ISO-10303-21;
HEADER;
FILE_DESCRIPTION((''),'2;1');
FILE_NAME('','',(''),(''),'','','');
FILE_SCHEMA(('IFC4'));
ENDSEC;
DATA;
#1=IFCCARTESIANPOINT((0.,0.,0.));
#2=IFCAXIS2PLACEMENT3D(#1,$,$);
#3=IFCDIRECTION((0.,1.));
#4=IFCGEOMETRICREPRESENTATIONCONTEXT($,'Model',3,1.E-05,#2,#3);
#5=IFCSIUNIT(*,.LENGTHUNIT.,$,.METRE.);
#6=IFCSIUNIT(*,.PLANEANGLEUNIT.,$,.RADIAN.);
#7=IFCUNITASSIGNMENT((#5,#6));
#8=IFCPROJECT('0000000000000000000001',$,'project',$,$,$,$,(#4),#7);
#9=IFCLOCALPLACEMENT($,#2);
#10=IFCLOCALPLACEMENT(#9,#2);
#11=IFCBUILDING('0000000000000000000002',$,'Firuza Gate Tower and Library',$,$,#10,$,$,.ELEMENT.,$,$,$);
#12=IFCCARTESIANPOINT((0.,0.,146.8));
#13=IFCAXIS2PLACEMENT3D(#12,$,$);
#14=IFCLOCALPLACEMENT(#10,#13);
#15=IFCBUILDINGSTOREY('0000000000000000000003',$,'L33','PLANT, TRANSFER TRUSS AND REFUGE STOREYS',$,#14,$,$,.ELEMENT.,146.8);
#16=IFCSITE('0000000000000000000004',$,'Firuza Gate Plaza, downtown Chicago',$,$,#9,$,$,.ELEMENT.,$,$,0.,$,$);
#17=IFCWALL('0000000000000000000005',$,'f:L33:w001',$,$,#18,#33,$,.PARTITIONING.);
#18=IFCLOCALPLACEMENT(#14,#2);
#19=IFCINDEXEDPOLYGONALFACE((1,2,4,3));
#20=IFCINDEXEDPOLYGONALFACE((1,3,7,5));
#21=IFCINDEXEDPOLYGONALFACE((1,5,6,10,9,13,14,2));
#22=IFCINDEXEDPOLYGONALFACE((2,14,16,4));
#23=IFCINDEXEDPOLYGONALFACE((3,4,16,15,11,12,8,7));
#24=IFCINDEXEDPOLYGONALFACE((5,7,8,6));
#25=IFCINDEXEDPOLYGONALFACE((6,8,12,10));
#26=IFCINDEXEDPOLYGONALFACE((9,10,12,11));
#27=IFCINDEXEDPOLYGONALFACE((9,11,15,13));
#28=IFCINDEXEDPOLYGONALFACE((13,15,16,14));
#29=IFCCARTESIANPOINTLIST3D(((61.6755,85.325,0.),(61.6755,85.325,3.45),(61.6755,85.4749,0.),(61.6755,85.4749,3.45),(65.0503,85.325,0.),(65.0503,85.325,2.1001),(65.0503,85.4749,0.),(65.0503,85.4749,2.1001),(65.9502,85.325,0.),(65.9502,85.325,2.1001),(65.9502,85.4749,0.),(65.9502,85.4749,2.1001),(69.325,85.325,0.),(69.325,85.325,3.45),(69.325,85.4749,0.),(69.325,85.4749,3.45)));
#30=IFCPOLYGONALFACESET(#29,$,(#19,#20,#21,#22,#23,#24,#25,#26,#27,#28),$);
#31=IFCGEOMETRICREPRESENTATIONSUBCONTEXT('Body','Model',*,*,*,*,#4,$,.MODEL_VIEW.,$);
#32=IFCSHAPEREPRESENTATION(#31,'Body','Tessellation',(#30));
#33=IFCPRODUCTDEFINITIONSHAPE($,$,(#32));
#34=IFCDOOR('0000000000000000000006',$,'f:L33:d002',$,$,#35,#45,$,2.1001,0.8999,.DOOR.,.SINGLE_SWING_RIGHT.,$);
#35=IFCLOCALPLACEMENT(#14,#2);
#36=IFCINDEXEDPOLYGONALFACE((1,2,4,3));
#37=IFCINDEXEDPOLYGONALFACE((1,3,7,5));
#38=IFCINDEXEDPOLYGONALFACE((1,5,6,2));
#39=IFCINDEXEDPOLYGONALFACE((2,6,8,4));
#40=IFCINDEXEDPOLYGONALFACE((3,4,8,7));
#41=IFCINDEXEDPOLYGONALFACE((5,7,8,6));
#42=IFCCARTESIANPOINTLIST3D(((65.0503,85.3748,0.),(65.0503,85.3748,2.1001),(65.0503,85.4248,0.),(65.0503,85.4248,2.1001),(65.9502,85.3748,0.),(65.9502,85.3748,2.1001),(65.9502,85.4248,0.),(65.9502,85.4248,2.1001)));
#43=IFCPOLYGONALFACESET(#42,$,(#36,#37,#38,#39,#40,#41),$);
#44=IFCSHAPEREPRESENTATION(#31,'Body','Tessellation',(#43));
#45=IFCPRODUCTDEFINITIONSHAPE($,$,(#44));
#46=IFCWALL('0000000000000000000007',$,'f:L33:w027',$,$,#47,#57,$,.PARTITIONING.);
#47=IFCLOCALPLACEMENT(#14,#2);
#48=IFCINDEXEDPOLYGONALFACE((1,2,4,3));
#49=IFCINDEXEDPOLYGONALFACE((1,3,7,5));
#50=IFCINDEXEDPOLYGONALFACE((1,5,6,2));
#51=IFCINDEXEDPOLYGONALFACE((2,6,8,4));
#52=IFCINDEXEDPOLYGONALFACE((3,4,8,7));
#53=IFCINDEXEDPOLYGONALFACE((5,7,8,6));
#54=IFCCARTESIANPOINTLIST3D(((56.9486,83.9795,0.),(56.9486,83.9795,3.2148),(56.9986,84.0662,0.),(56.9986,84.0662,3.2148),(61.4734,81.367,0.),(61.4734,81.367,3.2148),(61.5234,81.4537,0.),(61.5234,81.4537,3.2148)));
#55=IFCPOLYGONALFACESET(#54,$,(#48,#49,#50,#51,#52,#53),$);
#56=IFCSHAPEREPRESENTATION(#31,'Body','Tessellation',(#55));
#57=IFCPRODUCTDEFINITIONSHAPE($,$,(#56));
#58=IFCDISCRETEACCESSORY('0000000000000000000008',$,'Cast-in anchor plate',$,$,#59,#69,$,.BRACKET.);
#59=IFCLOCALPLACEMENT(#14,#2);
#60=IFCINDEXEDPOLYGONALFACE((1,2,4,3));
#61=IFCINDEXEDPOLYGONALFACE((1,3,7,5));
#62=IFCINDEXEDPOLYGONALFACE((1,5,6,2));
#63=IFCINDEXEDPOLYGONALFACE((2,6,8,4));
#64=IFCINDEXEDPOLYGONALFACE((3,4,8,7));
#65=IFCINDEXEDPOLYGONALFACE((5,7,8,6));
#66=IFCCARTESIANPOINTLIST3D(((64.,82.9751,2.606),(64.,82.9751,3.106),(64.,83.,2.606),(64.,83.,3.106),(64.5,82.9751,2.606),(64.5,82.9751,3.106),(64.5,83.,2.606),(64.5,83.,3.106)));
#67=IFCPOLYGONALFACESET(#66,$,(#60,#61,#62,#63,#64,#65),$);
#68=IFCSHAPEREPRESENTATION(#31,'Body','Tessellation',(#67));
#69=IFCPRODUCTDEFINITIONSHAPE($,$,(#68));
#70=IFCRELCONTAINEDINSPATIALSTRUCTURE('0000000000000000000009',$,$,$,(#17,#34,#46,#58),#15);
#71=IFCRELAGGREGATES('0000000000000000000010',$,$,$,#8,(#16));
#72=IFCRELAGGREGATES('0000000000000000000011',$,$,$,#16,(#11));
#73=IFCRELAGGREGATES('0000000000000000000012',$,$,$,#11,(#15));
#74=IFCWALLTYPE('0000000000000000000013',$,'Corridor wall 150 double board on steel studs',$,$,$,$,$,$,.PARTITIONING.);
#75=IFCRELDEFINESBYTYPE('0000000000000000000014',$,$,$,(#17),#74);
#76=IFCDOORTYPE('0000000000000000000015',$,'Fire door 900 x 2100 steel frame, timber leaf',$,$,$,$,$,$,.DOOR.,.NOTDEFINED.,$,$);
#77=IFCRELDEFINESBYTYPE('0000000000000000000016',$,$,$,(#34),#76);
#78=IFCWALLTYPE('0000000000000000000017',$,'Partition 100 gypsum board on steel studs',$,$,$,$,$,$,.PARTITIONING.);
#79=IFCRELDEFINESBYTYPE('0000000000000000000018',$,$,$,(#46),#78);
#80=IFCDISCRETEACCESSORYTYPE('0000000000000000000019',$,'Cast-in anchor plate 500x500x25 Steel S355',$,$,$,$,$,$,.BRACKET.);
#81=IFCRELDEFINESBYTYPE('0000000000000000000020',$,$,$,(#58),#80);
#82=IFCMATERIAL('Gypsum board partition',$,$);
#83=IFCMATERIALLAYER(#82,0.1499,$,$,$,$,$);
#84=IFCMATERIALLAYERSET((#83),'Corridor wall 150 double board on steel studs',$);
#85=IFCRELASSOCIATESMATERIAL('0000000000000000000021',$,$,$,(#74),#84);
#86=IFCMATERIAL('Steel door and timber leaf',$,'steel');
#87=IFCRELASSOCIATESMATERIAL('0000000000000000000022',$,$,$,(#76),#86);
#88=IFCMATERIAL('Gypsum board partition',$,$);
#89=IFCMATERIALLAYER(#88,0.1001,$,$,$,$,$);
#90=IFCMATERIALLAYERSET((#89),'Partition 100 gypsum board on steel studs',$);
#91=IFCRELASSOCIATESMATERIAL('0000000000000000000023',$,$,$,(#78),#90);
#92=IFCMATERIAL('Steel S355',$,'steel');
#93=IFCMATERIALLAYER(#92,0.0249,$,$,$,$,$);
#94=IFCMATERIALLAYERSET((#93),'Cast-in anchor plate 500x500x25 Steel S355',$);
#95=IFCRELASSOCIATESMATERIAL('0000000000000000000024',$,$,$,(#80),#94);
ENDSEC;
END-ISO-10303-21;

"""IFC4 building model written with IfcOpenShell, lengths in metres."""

from ifc_helpers import new_model, si_unit, direction, frame, frame_2d, origin, origin_2d, place, context, subcontext, project, spatial, rectangle, extrude, material, layer, layer_set, type_object, element, fill, save


model = new_model("IFC4")

# Units and contexts
model_context = context("Model", 3, precision=1e-05, world=origin(), true_north=direction((0.0, 1.0)))
body_context = subcontext(model_context, "Body", "Model", "MODEL_VIEW")
ifc_project = project(units=[si_unit("LENGTHUNIT", "METRE"), si_unit("PLANEANGLEUNIT", "RADIAN")], contexts=[model_context])

# Site, building, storey
site_placement = place(None, origin())
site = spatial("IfcSite", under=ifc_project, at=site_placement, Name="Firuza Gate Plaza, downtown Chicago", CompositionType="ELEMENT", RefElevation=0.0)
building_placement = place(site_placement, origin())
building = spatial("IfcBuilding", under=site, at=building_placement, Name="Firuza Gate Tower and Library", CompositionType="ELEMENT")
storey_placement = place(building_placement, frame((0.0, 0.0, 146.8)))
storey = spatial("IfcBuildingStorey", under=building, at=storey_placement, Name="L33", Description="PLANT, TRANSFER TRUSS AND REFUGE STOREYS", CompositionType="ELEMENT", Elevation=146.8)

# Wall, opening, door
ifc_material_1 = material(Name="Gypsum board partition")
ifc_layer_1 = layer(ifc_material_1, 0.1499)
ifc_layer_set_1 = layer_set([ifc_layer_1], Name="Corridor wall 150 double board on steel studs")
wall_type_1 = type_object("IfcWallType", Name="Corridor wall 150 double board on steel studs", PredefinedType="PARTITIONING", material=ifc_layer_set_1)
wall_1_placement = place(storey_placement, frame((61.6755, 85.3999, 0.0), z_axis=(0.0, 0.0, 1.0), x_axis=(1.0, 0.0, 0.0)))
wall_1 = element("IfcWall", 1, at=wall_1_placement, inside=storey, type_object=wall_type_1, Name="f:L33:w001", PredefinedType="PARTITIONING", context=body_context, shape_type="SweptSolid", body=[
    extrude(rectangle(XDim=7.6494, YDim=0.1499, at=frame_2d((3.8247, 0.0))), origin(), (0.0, 0.0, 1.0), 3.45),
])
opening_1_placement = place(wall_1_placement, frame((3.3748, 0.0, 0.0)))
opening_1 = element("IfcOpeningElement", 2, at=opening_1_placement, cuts=wall_1, PredefinedType="OPENING", context=body_context, shape_type="SweptSolid", body=[
    extrude(rectangle(XDim=0.8999, YDim=2.1001, at=frame_2d((0.45, 1.05))), frame((0.0, 0.085, 0.0), z_axis=(0.0, -1.0, 0.0), x_axis=(1.0, 0.0, 0.0)), (0.0, 0.0, 1.0), 0.1699),
])
ifc_material_2 = material(Name="Steel door and timber leaf", Category="steel")
door_type_1 = type_object("IfcDoorType", Name="Fire door 900 x 2100 steel frame, timber leaf", OperationType="NOTDEFINED", PredefinedType="DOOR", material=ifc_material_2)
door_1_placement = place(opening_1_placement, origin())
door_1 = element("IfcDoor", 3, at=door_1_placement, inside=storey, type_object=door_type_1, Name="f:L33:d002", OperationType="SINGLE_SWING_RIGHT", OverallHeight=2.1001, OverallWidth=0.8999, PredefinedType="DOOR", context=body_context, shape_type="SweptSolid", body=[
    extrude(rectangle(XDim=0.8999, YDim=2.1001, at=frame_2d((0.45, 1.05))), frame((0.0, 0.0249, 0.0), z_axis=(0.0, -1.0, 0.0), x_axis=(1.0, 0.0, 0.0)), (0.0, 0.0, 1.0), 0.05),
])
fill(opening_1, door_1)

# Wall
ifc_material_3 = material(Name="Gypsum board partition")
ifc_layer_2 = layer(ifc_material_3, 0.1001)
ifc_layer_set_2 = layer_set([ifc_layer_2], Name="Partition 100 gypsum board on steel studs")
wall_type_2 = type_object("IfcWallType", Name="Partition 100 gypsum board on steel studs", PredefinedType="PARTITIONING", material=ifc_layer_set_2)
wall_2_placement = place(storey_placement, frame((61.4983, 81.4104, 0.0), z_axis=(0.0, 0.0, 1.0), x_axis=(-0.866018, 0.500014, 0.0)))
element("IfcWall", 4, at=wall_2_placement, inside=storey, type_object=wall_type_2, Name="f:L33:w027", PredefinedType="PARTITIONING", context=body_context, shape_type="SweptSolid", body=[
    extrude(rectangle(XDim=5.2249, YDim=0.1001, at=frame_2d((2.6123, 0.0))), origin(), (0.0, 0.0, 1.0), 3.2148),
])

# Discrete accessory
ifc_material_4 = material(Name="Steel S355", Category="steel")
ifc_layer_3 = layer(ifc_material_4, 0.0249)
ifc_layer_set_3 = layer_set([ifc_layer_3], Name="Cast-in anchor plate 500x500x25 Steel S355")
discrete_accessory_type = type_object("IfcDiscreteAccessoryType", Name="Cast-in anchor plate 500x500x25 Steel S355", PredefinedType="BRACKET", material=ifc_layer_set_3)
discrete_accessory_placement = place(storey_placement, frame((64.25, 82.9875, 2.606), z_axis=(0.0, 0.0, 1.0), x_axis=(1.0, 0.0, 0.0)))
element("IfcDiscreteAccessory", 5, at=discrete_accessory_placement, inside=storey, type_object=discrete_accessory_type, Name="Cast-in anchor plate", PredefinedType="BRACKET", context=body_context, shape_type="SweptSolid", body=[
    extrude(rectangle(XDim=0.5, YDim=0.0249, at=origin_2d()), origin(), (0.0, 0.0, 1.0), 0.5),
])

save(model, "model.ifc")
